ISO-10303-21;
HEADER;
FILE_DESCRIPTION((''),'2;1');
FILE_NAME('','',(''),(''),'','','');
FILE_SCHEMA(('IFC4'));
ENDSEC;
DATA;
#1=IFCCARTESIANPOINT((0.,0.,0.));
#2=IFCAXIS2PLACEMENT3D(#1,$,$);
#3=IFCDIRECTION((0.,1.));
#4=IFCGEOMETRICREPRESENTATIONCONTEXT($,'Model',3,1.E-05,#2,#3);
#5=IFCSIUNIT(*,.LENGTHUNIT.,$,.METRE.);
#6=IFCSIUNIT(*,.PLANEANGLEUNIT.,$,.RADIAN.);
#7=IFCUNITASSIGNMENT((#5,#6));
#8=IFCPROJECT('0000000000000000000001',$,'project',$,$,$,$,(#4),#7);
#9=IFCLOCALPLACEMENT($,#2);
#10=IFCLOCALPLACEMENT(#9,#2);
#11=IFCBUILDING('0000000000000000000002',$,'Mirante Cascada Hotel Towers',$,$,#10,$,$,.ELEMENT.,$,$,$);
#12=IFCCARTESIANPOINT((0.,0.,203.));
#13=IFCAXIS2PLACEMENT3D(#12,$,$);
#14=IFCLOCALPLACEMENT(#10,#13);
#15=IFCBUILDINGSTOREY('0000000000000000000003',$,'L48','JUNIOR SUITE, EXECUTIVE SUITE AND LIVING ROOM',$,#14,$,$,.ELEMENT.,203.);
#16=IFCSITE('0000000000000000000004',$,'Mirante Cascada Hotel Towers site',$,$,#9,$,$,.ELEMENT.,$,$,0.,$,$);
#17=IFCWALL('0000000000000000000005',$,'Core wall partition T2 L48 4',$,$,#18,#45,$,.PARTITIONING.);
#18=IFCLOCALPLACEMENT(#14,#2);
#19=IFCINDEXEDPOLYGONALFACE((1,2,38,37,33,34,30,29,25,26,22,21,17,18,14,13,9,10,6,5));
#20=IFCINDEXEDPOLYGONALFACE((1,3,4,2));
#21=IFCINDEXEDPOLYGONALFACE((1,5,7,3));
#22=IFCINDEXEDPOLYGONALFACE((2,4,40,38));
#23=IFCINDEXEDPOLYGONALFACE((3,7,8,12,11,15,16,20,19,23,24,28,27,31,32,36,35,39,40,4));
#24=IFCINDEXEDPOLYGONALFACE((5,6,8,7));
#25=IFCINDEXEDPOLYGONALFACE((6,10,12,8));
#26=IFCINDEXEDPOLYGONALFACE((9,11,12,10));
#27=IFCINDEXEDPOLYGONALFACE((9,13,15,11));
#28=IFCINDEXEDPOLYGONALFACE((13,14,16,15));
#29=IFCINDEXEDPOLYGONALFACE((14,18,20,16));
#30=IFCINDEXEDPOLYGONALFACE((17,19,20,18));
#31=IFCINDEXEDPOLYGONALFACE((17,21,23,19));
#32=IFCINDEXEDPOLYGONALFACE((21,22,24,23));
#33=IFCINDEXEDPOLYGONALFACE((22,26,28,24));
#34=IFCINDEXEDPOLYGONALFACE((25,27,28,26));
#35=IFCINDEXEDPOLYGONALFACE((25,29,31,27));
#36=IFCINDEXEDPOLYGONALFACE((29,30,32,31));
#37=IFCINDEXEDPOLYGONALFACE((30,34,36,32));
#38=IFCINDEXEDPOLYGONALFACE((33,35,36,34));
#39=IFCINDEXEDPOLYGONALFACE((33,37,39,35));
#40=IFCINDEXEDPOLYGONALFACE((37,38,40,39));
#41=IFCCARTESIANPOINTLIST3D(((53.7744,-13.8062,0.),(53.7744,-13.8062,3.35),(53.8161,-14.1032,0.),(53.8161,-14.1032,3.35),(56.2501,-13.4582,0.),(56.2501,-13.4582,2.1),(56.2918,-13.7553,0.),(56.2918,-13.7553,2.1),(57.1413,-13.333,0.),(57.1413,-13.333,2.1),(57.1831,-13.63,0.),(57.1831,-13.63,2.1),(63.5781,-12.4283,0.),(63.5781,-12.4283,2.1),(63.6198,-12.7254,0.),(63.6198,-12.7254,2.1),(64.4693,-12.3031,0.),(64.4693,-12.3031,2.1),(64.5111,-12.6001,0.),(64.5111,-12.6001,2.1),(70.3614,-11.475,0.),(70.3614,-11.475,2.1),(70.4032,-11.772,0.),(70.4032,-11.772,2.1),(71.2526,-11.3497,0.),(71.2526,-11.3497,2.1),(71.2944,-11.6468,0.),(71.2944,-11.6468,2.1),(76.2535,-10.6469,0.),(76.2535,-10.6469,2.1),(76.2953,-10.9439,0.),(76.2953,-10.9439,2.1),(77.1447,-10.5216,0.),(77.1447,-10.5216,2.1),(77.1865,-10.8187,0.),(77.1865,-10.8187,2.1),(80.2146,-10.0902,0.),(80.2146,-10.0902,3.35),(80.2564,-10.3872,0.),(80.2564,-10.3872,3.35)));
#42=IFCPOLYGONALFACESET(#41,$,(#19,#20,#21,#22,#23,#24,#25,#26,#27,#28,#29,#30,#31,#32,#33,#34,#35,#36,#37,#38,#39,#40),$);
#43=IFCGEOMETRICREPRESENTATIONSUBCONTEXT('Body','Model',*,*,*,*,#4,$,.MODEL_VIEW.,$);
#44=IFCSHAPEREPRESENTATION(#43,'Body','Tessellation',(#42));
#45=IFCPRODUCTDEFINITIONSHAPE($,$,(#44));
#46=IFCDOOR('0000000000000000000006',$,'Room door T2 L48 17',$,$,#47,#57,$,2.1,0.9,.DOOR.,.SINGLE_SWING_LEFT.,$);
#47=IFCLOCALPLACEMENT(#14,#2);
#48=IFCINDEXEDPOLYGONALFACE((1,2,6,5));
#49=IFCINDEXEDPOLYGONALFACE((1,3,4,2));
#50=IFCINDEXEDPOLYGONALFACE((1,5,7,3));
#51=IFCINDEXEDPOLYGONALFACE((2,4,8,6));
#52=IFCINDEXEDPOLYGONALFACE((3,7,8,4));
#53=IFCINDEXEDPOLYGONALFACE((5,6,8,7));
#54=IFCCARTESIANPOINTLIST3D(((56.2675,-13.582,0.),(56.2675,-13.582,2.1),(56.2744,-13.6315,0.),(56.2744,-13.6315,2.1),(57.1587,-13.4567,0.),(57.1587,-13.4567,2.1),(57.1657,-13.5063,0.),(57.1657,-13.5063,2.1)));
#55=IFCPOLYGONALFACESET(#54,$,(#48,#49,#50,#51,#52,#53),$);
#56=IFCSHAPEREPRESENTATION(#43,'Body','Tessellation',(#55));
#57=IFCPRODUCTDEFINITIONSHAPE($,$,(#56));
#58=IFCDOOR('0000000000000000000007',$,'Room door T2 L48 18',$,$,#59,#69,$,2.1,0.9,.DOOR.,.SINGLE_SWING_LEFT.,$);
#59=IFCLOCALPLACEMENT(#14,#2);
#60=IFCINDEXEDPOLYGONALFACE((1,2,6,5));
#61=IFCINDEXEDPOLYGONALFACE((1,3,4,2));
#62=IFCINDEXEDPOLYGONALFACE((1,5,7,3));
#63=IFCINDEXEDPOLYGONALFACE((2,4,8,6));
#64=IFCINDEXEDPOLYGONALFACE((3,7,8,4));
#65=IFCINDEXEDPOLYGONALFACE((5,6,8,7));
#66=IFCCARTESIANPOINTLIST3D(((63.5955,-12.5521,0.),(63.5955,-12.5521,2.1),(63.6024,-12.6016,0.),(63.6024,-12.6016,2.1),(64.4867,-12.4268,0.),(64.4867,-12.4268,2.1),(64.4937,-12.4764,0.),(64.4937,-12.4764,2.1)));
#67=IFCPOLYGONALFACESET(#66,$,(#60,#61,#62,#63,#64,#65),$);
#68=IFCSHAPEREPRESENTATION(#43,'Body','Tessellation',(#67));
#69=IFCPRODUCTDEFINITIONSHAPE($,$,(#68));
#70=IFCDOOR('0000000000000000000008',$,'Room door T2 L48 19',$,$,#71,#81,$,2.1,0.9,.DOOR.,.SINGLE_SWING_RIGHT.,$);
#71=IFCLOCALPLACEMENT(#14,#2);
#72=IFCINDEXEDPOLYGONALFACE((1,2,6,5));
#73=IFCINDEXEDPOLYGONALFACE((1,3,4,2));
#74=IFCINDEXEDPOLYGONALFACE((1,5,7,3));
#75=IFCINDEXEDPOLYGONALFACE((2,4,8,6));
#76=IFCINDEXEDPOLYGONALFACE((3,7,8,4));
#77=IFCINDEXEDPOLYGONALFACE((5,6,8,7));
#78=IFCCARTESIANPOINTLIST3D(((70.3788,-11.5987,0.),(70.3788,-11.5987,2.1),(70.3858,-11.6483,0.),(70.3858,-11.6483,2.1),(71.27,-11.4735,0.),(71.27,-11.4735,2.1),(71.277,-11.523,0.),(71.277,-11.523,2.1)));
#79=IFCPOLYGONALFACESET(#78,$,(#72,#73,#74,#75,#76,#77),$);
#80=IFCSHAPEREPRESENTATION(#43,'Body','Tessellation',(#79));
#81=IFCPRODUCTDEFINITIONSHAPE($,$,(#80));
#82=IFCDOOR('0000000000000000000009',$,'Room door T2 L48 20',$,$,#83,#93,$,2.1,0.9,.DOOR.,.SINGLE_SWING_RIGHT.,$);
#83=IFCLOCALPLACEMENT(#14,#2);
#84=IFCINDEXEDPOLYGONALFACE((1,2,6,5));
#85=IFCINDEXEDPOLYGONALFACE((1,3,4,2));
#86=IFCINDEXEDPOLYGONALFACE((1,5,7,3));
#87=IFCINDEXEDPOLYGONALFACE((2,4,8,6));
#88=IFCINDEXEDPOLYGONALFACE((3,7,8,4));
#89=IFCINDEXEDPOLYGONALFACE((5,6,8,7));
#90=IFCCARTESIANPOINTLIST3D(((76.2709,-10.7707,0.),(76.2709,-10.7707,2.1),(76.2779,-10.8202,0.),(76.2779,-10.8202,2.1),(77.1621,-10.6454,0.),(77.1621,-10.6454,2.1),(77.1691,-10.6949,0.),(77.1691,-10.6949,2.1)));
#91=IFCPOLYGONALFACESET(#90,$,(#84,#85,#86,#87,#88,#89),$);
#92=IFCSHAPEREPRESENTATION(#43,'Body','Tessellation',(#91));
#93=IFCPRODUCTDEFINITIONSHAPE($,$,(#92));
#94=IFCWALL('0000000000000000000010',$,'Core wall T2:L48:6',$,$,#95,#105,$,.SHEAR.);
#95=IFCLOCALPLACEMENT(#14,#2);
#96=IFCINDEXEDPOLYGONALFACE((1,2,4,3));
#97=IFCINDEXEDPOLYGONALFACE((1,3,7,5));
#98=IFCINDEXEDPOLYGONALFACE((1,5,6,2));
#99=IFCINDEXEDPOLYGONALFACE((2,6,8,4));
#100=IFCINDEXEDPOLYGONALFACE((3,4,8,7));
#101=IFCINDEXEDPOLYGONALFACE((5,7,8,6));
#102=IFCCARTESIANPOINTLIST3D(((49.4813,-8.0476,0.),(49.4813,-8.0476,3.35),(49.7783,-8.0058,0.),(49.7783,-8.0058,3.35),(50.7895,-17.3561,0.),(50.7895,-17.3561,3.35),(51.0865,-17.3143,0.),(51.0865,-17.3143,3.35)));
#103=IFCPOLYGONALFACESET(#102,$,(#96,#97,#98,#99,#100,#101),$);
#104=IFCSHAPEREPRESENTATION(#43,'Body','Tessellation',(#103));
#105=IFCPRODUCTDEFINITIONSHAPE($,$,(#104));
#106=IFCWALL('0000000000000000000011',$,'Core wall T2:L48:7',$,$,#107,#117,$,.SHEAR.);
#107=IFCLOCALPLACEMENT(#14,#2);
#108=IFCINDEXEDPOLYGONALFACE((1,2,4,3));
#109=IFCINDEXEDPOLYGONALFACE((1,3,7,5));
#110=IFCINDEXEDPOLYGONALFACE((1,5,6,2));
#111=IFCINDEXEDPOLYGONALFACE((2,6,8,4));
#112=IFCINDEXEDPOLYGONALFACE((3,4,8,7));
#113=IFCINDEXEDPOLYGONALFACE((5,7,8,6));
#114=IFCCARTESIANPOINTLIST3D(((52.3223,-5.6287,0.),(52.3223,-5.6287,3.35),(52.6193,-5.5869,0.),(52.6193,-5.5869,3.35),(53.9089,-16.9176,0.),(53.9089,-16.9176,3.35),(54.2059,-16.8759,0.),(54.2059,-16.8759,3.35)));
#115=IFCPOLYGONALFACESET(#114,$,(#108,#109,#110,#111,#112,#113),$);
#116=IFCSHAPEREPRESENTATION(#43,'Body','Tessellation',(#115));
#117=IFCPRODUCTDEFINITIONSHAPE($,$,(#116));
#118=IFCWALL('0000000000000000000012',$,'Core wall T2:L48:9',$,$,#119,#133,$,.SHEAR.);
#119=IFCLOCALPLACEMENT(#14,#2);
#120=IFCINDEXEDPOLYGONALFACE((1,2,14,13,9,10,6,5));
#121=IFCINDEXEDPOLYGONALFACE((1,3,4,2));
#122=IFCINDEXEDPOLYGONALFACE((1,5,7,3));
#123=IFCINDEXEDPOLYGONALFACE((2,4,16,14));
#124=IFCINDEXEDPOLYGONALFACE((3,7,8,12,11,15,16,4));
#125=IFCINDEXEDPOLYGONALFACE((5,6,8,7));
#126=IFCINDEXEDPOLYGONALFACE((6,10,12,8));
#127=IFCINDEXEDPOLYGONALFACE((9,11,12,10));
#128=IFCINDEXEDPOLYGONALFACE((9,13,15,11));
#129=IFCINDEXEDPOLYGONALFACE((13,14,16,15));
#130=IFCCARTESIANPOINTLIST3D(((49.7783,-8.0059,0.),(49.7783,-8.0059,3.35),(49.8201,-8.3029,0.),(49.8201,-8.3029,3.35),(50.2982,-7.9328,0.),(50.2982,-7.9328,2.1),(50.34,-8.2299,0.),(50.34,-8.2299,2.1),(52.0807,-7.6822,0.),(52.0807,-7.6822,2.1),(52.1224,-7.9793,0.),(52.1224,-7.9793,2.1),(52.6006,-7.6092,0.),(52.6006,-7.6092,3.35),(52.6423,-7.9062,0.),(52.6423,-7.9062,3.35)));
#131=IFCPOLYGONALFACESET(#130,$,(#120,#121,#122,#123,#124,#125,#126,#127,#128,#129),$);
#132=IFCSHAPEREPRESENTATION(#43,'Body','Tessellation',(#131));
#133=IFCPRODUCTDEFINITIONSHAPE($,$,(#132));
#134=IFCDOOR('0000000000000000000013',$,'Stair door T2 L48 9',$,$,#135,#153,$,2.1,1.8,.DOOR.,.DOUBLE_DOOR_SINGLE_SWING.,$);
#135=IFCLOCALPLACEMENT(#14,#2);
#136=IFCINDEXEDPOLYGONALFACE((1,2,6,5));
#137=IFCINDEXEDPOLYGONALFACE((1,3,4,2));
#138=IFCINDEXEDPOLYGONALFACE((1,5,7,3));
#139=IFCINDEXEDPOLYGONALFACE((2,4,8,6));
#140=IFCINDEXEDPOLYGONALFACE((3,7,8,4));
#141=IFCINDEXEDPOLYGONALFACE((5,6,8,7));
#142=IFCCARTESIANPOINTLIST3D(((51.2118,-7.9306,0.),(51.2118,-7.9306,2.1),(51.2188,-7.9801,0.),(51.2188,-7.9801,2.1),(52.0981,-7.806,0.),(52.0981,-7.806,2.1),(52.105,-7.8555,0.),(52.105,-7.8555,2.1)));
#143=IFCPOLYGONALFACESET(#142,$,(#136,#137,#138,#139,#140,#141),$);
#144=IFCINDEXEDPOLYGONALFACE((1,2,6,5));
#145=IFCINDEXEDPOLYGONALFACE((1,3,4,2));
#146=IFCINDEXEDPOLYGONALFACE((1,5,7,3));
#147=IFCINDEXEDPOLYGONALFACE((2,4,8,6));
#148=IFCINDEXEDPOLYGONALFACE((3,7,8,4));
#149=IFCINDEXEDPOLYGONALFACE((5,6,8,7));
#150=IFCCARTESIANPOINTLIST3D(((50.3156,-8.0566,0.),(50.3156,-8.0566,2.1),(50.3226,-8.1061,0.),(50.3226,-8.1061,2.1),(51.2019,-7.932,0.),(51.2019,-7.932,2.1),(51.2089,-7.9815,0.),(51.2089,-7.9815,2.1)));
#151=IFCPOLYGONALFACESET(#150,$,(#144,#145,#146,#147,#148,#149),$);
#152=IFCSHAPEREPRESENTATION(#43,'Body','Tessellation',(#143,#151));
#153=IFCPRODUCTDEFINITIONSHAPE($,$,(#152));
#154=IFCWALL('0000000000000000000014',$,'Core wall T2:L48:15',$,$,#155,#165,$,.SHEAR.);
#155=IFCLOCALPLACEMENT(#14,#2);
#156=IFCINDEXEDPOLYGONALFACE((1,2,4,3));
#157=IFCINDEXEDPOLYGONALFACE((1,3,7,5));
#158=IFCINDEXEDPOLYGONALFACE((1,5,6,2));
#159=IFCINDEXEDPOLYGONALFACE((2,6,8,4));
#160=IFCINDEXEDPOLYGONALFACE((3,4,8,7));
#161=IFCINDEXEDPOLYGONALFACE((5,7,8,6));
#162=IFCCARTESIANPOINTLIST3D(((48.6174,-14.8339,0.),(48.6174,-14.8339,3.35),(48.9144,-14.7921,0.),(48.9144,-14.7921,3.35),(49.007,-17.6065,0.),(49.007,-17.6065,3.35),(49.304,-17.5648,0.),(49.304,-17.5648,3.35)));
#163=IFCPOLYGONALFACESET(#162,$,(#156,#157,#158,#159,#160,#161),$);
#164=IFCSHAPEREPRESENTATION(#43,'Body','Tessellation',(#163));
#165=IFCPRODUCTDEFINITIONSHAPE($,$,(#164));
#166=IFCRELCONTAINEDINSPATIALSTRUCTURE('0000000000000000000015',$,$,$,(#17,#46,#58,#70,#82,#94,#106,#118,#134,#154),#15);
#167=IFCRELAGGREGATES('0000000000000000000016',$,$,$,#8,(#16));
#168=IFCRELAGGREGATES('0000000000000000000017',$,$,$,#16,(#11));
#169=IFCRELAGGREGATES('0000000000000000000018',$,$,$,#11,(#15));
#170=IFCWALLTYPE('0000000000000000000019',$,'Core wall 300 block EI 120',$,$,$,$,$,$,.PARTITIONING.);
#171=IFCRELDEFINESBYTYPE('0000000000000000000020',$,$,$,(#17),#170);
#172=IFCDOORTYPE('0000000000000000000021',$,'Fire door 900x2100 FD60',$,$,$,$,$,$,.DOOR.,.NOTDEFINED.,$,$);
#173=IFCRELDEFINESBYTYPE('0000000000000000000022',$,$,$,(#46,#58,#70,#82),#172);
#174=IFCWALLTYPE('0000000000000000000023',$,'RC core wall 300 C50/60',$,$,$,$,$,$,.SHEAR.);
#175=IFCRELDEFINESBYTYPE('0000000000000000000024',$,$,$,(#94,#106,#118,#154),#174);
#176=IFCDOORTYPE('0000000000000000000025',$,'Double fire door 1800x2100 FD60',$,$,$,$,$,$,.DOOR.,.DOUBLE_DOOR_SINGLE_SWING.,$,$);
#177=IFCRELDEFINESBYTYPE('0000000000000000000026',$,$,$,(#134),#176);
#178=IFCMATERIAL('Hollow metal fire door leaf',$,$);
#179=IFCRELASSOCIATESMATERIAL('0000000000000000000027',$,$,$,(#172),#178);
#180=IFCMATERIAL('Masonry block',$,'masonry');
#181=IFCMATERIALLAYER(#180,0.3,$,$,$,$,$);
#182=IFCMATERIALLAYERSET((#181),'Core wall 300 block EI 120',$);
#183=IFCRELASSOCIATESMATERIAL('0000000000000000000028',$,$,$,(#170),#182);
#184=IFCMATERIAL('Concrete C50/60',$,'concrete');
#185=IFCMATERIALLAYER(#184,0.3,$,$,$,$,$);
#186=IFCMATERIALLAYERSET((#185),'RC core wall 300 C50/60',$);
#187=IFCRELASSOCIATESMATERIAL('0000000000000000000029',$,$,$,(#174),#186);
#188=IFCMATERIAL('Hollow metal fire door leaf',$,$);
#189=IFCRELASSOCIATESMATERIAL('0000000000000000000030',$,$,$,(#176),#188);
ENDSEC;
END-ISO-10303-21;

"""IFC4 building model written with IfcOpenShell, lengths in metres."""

from ifc_helpers import new_model, si_unit, direction, frame, frame_2d, origin, place, context, subcontext, project, spatial, rectangle, extrude, material, layer, layer_set, type_object, element, fill, save


model = new_model("IFC4")

# Units and contexts
model_context = context("Model", 3, precision=1e-05, world=origin(), true_north=direction((0.0, 1.0)))
body_context = subcontext(model_context, "Body", "Model", "MODEL_VIEW")
ifc_project = project(units=[si_unit("LENGTHUNIT", "METRE"), si_unit("PLANEANGLEUNIT", "RADIAN")], contexts=[model_context])

# Site, building, storey
site_placement = place(None, origin())
site = spatial("IfcSite", under=ifc_project, at=site_placement, Name="Mirante Cascada Hotel Towers site", CompositionType="ELEMENT", RefElevation=0.0)
building_placement = place(site_placement, origin())
building = spatial("IfcBuilding", under=site, at=building_placement, Name="Mirante Cascada Hotel Towers", CompositionType="ELEMENT")
storey_placement = place(building_placement, frame((0.0, 0.0, 203.0)))
storey = spatial("IfcBuildingStorey", under=building, at=storey_placement, Name="L48", Description="JUNIOR SUITE, EXECUTIVE SUITE AND LIVING ROOM", CompositionType="ELEMENT", Elevation=203.0)

# Shared definitions
ifc_material_1 = material(Name="Hollow metal fire door leaf")
door_type_1 = type_object("IfcDoorType", Name="Fire door 900x2100 FD60", OperationType="NOTDEFINED", PredefinedType="DOOR", material=ifc_material_1)

# Wall, openings, doors
ifc_material_2 = material(Name="Masonry block", Category="masonry")
ifc_layer_1 = layer(ifc_material_2, 0.3)
ifc_layer_set_1 = layer_set([ifc_layer_1], Name="Core wall 300 block EI 120")
wall_type_1 = type_object("IfcWallType", Name="Core wall 300 block EI 120", PredefinedType="PARTITIONING", material=ifc_layer_set_1)
wall_1_placement = place(storey_placement, frame((53.7953, -13.9547, 0.0), z_axis=(0.0, 0.0, 1.0), x_axis=(0.990268, 0.139176, 0.0)))
wall_1 = element("IfcWall", 1, at=wall_1_placement, inside=storey, type_object=wall_type_1, Name="Core wall partition T2 L48 4", PredefinedType="PARTITIONING", context=body_context, shape_type="SweptSolid", body=[
    extrude(rectangle(XDim=26.7001, YDim=0.3, at=frame_2d((13.35, 0.0))), origin(), (0.0, 0.0, 1.0), 3.35),
])
opening_1_placement = place(wall_1_placement, frame((2.5, 0.0, 0.0)))
opening_1 = element("IfcOpeningElement", 2, at=opening_1_placement, cuts=wall_1, PredefinedType="OPENING", context=body_context, shape_type="SweptSolid", body=[
    extrude(rectangle(XDim=0.9, YDim=2.1, at=frame_2d((0.45, 1.05))), frame((0.0, 0.15, 0.0), z_axis=(0.0, -1.0, 0.0), x_axis=(1.0, 0.0, 0.0)), (0.0, 0.0, 1.0), 0.3),
])
opening_2_placement = place(wall_1_placement, frame((9.9, 0.0, 0.0)))
opening_2 = element("IfcOpeningElement", 3, at=opening_2_placement, cuts=wall_1, PredefinedType="OPENING", context=body_context, shape_type="SweptSolid", body=[
    extrude(rectangle(XDim=0.9, YDim=2.1, at=frame_2d((0.45, 1.05))), frame((0.0, 0.15, 0.0), z_axis=(0.0, -1.0, 0.0), x_axis=(1.0, 0.0, 0.0)), (0.0, 0.0, 1.0), 0.3),
])
opening_3_placement = place(wall_1_placement, frame((16.75, 0.0, 0.0)))
opening_3 = element("IfcOpeningElement", 4, at=opening_3_placement, cuts=wall_1, PredefinedType="OPENING", context=body_context, shape_type="SweptSolid", body=[
    extrude(rectangle(XDim=0.9, YDim=2.1, at=frame_2d((0.45, 1.05))), frame((0.0, 0.15, 0.0), z_axis=(0.0, -1.0, 0.0), x_axis=(1.0, 0.0, 0.0)), (0.0, 0.0, 1.0), 0.3),
])
opening_4_placement = place(wall_1_placement, frame((22.7, 0.0, 0.0)))
opening_4 = element("IfcOpeningElement", 5, at=opening_4_placement, cuts=wall_1, PredefinedType="OPENING", context=body_context, shape_type="SweptSolid", body=[
    extrude(rectangle(XDim=0.9, YDim=2.1, at=frame_2d((0.45, 1.05))), frame((0.0, 0.15, 0.0), z_axis=(0.0, -1.0, 0.0), x_axis=(1.0, 0.0, 0.0)), (0.0, 0.0, 1.0), 0.3),
])
door_1_placement = place(opening_1_placement, frame((0.9, 0.0, 0.0), z_axis=(0.0, 0.0, 1.0), x_axis=(-1.0, 0.0, 0.0)))
door_1 = element("IfcDoor", 6, at=door_1_placement, inside=storey, type_object=door_type_1, Name="Room door T2 L48 17", OperationType="SINGLE_SWING_LEFT", OverallHeight=2.1, OverallWidth=0.9, PredefinedType="DOOR", context=body_context, shape_type="SweptSolid", body=[
    extrude(rectangle(XDim=0.9, YDim=2.1, at=frame_2d((0.45, 1.05))), frame((0.0, 0.025, 0.0), z_axis=(0.0, -1.0, 0.0), x_axis=(1.0, 0.0, 0.0)), (0.0, 0.0, 1.0), 0.05),
])
fill(opening_1, door_1)
door_2_placement = place(opening_2_placement, frame((0.9, 0.0, 0.0), z_axis=(0.0, 0.0, 1.0), x_axis=(-1.0, 0.0, 0.0)))
door_2 = element("IfcDoor", 7, at=door_2_placement, inside=storey, type_object=door_type_1, Name="Room door T2 L48 18", OperationType="SINGLE_SWING_LEFT", OverallHeight=2.1, OverallWidth=0.9, PredefinedType="DOOR", context=body_context, shape_type="SweptSolid", body=[
    extrude(rectangle(XDim=0.9, YDim=2.1, at=frame_2d((0.45, 1.05))), frame((0.0, 0.025, 0.0), z_axis=(0.0, -1.0, 0.0), x_axis=(1.0, 0.0, 0.0)), (0.0, 0.0, 1.0), 0.05),
])
fill(opening_2, door_2)
door_3_placement = place(opening_3_placement, frame((0.9, 0.0, 0.0), z_axis=(0.0, 0.0, 1.0), x_axis=(-1.0, 0.0, 0.0)))
door_3 = element("IfcDoor", 8, at=door_3_placement, inside=storey, type_object=door_type_1, Name="Room door T2 L48 19", OperationType="SINGLE_SWING_RIGHT", OverallHeight=2.1, OverallWidth=0.9, PredefinedType="DOOR", context=body_context, shape_type="SweptSolid", body=[
    extrude(rectangle(XDim=0.9, YDim=2.1, at=frame_2d((0.45, 1.05))), frame((0.0, 0.025, 0.0), z_axis=(0.0, -1.0, 0.0), x_axis=(1.0, 0.0, 0.0)), (0.0, 0.0, 1.0), 0.05),
])
fill(opening_3, door_3)
door_4_placement = place(opening_4_placement, frame((0.9, 0.0, 0.0), z_axis=(0.0, 0.0, 1.0), x_axis=(-1.0, 0.0, 0.0)))
door_4 = element("IfcDoor", 9, at=door_4_placement, inside=storey, type_object=door_type_1, Name="Room door T2 L48 20", OperationType="SINGLE_SWING_RIGHT", OverallHeight=2.1, OverallWidth=0.9, PredefinedType="DOOR", context=body_context, shape_type="SweptSolid", body=[
    extrude(rectangle(XDim=0.9, YDim=2.1, at=frame_2d((0.45, 1.05))), frame((0.0, 0.025, 0.0), z_axis=(0.0, -1.0, 0.0), x_axis=(1.0, 0.0, 0.0)), (0.0, 0.0, 1.0), 0.05),
])
fill(opening_4, door_4)

# Walls
ifc_material_3 = material(Name="Concrete C50/60", Category="concrete")
ifc_layer_2 = layer(ifc_material_3, 0.3)
ifc_layer_set_2 = layer_set([ifc_layer_2], Name="RC core wall 300 C50/60")
wall_type_2 = type_object("IfcWallType", Name="RC core wall 300 C50/60", PredefinedType="SHEAR", material=ifc_layer_set_2)
wall_2_placement = place(storey_placement, frame((50.938, -17.3352, 0.0), z_axis=(0.0, 0.0, 1.0), x_axis=(-0.139171, 0.990268, 0.0)))
element("IfcWall", 10, at=wall_2_placement, inside=storey, type_object=wall_type_2, Name="Core wall T2:L48:6", PredefinedType="SHEAR", context=body_context, shape_type="SweptSolid", body=[
    extrude(rectangle(XDim=9.4, YDim=0.3, at=frame_2d((4.7, 0.0))), origin(), (0.0, 0.0, 1.0), 3.35),
])
wall_3_placement = place(storey_placement, frame((54.0574, -16.8968, 0.0), z_axis=(0.0, 0.0, 1.0), x_axis=(-0.139176, 0.990268, 0.0)))
element("IfcWall", 11, at=wall_3_placement, inside=storey, type_object=wall_type_2, Name="Core wall T2:L48:7", PredefinedType="SHEAR", context=body_context, shape_type="SweptSolid", body=[
    extrude(rectangle(XDim=11.3999, YDim=0.3, at=frame_2d((5.7, 0.0))), origin(), (0.0, 0.0, 1.0), 3.35),
])

# Wall, opening, door
wall_4_placement = place(storey_placement, frame((49.7992, -8.1544, 0.0), z_axis=(0.0, 0.0, 1.0), x_axis=(0.990266, 0.139191, 0.0)))
wall_4 = element("IfcWall", 12, at=wall_4_placement, inside=storey, type_object=wall_type_2, Name="Core wall T2:L48:9", PredefinedType="SHEAR", context=body_context, shape_type="SweptSolid", body=[
    extrude(rectangle(XDim=2.85, YDim=0.3, at=frame_2d((1.425, 0.0))), origin(), (0.0, 0.0, 1.0), 3.35),
])
opening_5_placement = place(wall_4_placement, frame((0.525, 0.0, 0.0)))
opening_5 = element("IfcOpeningElement", 13, at=opening_5_placement, cuts=wall_4, PredefinedType="OPENING", context=body_context, shape_type="SweptSolid", body=[
    extrude(rectangle(XDim=1.8, YDim=2.1, at=frame_2d((0.9, 1.05))), frame((0.0, 0.15, 0.0), z_axis=(0.0, -1.0, 0.0), x_axis=(1.0, 0.0, 0.0)), (0.0, 0.0, 1.0), 0.3),
])
ifc_material_4 = material(Name="Hollow metal fire door leaf")
door_type_2 = type_object("IfcDoorType", Name="Double fire door 1800x2100 FD60", OperationType="DOUBLE_DOOR_SINGLE_SWING", PredefinedType="DOOR", material=ifc_material_4)
door_5_placement = place(opening_5_placement, frame((1.8, 0.0, 0.0), z_axis=(0.0, 0.0, 1.0), x_axis=(-1.0, 0.0, 0.0)))
door_5 = element("IfcDoor", 14, at=door_5_placement, inside=storey, type_object=door_type_2, Name="Stair door T2 L48 9", OperationType="DOUBLE_DOOR_SINGLE_SWING", OverallHeight=2.1, OverallWidth=1.8, PredefinedType="DOOR", context=body_context, shape_type="SweptSolid", body=[
    extrude(rectangle(XDim=0.895, YDim=2.1, at=frame_2d((0.4475, 1.05))), frame((0.0, 0.025, 0.0), z_axis=(0.0, -1.0, 0.0), x_axis=(1.0, 0.0, 0.0)), (0.0, 0.0, 1.0), 0.05),
    extrude(rectangle(XDim=0.895, YDim=2.1, at=frame_2d((1.3525, 1.05))), frame((0.0, 0.025, 0.0), z_axis=(0.0, -1.0, 0.0), x_axis=(1.0, 0.0, 0.0)), (0.0, 0.0, 1.0), 0.05),
])
fill(opening_5, door_5)

# Wall
wall_5_placement = place(storey_placement, frame((49.1555, -17.5857, 0.0), z_axis=(0.0, 0.0, 1.0), x_axis=(-0.139146, 0.990272, 0.0)))
element("IfcWall", 15, at=wall_5_placement, inside=storey, type_object=wall_type_2, Name="Core wall T2:L48:15", PredefinedType="SHEAR", context=body_context, shape_type="SweptSolid", body=[
    extrude(rectangle(XDim=2.7999, YDim=0.3, at=frame_2d((1.4, 0.0))), origin(), (0.0, 0.0, 1.0), 3.35),
])

save(model, "model.ifc")
